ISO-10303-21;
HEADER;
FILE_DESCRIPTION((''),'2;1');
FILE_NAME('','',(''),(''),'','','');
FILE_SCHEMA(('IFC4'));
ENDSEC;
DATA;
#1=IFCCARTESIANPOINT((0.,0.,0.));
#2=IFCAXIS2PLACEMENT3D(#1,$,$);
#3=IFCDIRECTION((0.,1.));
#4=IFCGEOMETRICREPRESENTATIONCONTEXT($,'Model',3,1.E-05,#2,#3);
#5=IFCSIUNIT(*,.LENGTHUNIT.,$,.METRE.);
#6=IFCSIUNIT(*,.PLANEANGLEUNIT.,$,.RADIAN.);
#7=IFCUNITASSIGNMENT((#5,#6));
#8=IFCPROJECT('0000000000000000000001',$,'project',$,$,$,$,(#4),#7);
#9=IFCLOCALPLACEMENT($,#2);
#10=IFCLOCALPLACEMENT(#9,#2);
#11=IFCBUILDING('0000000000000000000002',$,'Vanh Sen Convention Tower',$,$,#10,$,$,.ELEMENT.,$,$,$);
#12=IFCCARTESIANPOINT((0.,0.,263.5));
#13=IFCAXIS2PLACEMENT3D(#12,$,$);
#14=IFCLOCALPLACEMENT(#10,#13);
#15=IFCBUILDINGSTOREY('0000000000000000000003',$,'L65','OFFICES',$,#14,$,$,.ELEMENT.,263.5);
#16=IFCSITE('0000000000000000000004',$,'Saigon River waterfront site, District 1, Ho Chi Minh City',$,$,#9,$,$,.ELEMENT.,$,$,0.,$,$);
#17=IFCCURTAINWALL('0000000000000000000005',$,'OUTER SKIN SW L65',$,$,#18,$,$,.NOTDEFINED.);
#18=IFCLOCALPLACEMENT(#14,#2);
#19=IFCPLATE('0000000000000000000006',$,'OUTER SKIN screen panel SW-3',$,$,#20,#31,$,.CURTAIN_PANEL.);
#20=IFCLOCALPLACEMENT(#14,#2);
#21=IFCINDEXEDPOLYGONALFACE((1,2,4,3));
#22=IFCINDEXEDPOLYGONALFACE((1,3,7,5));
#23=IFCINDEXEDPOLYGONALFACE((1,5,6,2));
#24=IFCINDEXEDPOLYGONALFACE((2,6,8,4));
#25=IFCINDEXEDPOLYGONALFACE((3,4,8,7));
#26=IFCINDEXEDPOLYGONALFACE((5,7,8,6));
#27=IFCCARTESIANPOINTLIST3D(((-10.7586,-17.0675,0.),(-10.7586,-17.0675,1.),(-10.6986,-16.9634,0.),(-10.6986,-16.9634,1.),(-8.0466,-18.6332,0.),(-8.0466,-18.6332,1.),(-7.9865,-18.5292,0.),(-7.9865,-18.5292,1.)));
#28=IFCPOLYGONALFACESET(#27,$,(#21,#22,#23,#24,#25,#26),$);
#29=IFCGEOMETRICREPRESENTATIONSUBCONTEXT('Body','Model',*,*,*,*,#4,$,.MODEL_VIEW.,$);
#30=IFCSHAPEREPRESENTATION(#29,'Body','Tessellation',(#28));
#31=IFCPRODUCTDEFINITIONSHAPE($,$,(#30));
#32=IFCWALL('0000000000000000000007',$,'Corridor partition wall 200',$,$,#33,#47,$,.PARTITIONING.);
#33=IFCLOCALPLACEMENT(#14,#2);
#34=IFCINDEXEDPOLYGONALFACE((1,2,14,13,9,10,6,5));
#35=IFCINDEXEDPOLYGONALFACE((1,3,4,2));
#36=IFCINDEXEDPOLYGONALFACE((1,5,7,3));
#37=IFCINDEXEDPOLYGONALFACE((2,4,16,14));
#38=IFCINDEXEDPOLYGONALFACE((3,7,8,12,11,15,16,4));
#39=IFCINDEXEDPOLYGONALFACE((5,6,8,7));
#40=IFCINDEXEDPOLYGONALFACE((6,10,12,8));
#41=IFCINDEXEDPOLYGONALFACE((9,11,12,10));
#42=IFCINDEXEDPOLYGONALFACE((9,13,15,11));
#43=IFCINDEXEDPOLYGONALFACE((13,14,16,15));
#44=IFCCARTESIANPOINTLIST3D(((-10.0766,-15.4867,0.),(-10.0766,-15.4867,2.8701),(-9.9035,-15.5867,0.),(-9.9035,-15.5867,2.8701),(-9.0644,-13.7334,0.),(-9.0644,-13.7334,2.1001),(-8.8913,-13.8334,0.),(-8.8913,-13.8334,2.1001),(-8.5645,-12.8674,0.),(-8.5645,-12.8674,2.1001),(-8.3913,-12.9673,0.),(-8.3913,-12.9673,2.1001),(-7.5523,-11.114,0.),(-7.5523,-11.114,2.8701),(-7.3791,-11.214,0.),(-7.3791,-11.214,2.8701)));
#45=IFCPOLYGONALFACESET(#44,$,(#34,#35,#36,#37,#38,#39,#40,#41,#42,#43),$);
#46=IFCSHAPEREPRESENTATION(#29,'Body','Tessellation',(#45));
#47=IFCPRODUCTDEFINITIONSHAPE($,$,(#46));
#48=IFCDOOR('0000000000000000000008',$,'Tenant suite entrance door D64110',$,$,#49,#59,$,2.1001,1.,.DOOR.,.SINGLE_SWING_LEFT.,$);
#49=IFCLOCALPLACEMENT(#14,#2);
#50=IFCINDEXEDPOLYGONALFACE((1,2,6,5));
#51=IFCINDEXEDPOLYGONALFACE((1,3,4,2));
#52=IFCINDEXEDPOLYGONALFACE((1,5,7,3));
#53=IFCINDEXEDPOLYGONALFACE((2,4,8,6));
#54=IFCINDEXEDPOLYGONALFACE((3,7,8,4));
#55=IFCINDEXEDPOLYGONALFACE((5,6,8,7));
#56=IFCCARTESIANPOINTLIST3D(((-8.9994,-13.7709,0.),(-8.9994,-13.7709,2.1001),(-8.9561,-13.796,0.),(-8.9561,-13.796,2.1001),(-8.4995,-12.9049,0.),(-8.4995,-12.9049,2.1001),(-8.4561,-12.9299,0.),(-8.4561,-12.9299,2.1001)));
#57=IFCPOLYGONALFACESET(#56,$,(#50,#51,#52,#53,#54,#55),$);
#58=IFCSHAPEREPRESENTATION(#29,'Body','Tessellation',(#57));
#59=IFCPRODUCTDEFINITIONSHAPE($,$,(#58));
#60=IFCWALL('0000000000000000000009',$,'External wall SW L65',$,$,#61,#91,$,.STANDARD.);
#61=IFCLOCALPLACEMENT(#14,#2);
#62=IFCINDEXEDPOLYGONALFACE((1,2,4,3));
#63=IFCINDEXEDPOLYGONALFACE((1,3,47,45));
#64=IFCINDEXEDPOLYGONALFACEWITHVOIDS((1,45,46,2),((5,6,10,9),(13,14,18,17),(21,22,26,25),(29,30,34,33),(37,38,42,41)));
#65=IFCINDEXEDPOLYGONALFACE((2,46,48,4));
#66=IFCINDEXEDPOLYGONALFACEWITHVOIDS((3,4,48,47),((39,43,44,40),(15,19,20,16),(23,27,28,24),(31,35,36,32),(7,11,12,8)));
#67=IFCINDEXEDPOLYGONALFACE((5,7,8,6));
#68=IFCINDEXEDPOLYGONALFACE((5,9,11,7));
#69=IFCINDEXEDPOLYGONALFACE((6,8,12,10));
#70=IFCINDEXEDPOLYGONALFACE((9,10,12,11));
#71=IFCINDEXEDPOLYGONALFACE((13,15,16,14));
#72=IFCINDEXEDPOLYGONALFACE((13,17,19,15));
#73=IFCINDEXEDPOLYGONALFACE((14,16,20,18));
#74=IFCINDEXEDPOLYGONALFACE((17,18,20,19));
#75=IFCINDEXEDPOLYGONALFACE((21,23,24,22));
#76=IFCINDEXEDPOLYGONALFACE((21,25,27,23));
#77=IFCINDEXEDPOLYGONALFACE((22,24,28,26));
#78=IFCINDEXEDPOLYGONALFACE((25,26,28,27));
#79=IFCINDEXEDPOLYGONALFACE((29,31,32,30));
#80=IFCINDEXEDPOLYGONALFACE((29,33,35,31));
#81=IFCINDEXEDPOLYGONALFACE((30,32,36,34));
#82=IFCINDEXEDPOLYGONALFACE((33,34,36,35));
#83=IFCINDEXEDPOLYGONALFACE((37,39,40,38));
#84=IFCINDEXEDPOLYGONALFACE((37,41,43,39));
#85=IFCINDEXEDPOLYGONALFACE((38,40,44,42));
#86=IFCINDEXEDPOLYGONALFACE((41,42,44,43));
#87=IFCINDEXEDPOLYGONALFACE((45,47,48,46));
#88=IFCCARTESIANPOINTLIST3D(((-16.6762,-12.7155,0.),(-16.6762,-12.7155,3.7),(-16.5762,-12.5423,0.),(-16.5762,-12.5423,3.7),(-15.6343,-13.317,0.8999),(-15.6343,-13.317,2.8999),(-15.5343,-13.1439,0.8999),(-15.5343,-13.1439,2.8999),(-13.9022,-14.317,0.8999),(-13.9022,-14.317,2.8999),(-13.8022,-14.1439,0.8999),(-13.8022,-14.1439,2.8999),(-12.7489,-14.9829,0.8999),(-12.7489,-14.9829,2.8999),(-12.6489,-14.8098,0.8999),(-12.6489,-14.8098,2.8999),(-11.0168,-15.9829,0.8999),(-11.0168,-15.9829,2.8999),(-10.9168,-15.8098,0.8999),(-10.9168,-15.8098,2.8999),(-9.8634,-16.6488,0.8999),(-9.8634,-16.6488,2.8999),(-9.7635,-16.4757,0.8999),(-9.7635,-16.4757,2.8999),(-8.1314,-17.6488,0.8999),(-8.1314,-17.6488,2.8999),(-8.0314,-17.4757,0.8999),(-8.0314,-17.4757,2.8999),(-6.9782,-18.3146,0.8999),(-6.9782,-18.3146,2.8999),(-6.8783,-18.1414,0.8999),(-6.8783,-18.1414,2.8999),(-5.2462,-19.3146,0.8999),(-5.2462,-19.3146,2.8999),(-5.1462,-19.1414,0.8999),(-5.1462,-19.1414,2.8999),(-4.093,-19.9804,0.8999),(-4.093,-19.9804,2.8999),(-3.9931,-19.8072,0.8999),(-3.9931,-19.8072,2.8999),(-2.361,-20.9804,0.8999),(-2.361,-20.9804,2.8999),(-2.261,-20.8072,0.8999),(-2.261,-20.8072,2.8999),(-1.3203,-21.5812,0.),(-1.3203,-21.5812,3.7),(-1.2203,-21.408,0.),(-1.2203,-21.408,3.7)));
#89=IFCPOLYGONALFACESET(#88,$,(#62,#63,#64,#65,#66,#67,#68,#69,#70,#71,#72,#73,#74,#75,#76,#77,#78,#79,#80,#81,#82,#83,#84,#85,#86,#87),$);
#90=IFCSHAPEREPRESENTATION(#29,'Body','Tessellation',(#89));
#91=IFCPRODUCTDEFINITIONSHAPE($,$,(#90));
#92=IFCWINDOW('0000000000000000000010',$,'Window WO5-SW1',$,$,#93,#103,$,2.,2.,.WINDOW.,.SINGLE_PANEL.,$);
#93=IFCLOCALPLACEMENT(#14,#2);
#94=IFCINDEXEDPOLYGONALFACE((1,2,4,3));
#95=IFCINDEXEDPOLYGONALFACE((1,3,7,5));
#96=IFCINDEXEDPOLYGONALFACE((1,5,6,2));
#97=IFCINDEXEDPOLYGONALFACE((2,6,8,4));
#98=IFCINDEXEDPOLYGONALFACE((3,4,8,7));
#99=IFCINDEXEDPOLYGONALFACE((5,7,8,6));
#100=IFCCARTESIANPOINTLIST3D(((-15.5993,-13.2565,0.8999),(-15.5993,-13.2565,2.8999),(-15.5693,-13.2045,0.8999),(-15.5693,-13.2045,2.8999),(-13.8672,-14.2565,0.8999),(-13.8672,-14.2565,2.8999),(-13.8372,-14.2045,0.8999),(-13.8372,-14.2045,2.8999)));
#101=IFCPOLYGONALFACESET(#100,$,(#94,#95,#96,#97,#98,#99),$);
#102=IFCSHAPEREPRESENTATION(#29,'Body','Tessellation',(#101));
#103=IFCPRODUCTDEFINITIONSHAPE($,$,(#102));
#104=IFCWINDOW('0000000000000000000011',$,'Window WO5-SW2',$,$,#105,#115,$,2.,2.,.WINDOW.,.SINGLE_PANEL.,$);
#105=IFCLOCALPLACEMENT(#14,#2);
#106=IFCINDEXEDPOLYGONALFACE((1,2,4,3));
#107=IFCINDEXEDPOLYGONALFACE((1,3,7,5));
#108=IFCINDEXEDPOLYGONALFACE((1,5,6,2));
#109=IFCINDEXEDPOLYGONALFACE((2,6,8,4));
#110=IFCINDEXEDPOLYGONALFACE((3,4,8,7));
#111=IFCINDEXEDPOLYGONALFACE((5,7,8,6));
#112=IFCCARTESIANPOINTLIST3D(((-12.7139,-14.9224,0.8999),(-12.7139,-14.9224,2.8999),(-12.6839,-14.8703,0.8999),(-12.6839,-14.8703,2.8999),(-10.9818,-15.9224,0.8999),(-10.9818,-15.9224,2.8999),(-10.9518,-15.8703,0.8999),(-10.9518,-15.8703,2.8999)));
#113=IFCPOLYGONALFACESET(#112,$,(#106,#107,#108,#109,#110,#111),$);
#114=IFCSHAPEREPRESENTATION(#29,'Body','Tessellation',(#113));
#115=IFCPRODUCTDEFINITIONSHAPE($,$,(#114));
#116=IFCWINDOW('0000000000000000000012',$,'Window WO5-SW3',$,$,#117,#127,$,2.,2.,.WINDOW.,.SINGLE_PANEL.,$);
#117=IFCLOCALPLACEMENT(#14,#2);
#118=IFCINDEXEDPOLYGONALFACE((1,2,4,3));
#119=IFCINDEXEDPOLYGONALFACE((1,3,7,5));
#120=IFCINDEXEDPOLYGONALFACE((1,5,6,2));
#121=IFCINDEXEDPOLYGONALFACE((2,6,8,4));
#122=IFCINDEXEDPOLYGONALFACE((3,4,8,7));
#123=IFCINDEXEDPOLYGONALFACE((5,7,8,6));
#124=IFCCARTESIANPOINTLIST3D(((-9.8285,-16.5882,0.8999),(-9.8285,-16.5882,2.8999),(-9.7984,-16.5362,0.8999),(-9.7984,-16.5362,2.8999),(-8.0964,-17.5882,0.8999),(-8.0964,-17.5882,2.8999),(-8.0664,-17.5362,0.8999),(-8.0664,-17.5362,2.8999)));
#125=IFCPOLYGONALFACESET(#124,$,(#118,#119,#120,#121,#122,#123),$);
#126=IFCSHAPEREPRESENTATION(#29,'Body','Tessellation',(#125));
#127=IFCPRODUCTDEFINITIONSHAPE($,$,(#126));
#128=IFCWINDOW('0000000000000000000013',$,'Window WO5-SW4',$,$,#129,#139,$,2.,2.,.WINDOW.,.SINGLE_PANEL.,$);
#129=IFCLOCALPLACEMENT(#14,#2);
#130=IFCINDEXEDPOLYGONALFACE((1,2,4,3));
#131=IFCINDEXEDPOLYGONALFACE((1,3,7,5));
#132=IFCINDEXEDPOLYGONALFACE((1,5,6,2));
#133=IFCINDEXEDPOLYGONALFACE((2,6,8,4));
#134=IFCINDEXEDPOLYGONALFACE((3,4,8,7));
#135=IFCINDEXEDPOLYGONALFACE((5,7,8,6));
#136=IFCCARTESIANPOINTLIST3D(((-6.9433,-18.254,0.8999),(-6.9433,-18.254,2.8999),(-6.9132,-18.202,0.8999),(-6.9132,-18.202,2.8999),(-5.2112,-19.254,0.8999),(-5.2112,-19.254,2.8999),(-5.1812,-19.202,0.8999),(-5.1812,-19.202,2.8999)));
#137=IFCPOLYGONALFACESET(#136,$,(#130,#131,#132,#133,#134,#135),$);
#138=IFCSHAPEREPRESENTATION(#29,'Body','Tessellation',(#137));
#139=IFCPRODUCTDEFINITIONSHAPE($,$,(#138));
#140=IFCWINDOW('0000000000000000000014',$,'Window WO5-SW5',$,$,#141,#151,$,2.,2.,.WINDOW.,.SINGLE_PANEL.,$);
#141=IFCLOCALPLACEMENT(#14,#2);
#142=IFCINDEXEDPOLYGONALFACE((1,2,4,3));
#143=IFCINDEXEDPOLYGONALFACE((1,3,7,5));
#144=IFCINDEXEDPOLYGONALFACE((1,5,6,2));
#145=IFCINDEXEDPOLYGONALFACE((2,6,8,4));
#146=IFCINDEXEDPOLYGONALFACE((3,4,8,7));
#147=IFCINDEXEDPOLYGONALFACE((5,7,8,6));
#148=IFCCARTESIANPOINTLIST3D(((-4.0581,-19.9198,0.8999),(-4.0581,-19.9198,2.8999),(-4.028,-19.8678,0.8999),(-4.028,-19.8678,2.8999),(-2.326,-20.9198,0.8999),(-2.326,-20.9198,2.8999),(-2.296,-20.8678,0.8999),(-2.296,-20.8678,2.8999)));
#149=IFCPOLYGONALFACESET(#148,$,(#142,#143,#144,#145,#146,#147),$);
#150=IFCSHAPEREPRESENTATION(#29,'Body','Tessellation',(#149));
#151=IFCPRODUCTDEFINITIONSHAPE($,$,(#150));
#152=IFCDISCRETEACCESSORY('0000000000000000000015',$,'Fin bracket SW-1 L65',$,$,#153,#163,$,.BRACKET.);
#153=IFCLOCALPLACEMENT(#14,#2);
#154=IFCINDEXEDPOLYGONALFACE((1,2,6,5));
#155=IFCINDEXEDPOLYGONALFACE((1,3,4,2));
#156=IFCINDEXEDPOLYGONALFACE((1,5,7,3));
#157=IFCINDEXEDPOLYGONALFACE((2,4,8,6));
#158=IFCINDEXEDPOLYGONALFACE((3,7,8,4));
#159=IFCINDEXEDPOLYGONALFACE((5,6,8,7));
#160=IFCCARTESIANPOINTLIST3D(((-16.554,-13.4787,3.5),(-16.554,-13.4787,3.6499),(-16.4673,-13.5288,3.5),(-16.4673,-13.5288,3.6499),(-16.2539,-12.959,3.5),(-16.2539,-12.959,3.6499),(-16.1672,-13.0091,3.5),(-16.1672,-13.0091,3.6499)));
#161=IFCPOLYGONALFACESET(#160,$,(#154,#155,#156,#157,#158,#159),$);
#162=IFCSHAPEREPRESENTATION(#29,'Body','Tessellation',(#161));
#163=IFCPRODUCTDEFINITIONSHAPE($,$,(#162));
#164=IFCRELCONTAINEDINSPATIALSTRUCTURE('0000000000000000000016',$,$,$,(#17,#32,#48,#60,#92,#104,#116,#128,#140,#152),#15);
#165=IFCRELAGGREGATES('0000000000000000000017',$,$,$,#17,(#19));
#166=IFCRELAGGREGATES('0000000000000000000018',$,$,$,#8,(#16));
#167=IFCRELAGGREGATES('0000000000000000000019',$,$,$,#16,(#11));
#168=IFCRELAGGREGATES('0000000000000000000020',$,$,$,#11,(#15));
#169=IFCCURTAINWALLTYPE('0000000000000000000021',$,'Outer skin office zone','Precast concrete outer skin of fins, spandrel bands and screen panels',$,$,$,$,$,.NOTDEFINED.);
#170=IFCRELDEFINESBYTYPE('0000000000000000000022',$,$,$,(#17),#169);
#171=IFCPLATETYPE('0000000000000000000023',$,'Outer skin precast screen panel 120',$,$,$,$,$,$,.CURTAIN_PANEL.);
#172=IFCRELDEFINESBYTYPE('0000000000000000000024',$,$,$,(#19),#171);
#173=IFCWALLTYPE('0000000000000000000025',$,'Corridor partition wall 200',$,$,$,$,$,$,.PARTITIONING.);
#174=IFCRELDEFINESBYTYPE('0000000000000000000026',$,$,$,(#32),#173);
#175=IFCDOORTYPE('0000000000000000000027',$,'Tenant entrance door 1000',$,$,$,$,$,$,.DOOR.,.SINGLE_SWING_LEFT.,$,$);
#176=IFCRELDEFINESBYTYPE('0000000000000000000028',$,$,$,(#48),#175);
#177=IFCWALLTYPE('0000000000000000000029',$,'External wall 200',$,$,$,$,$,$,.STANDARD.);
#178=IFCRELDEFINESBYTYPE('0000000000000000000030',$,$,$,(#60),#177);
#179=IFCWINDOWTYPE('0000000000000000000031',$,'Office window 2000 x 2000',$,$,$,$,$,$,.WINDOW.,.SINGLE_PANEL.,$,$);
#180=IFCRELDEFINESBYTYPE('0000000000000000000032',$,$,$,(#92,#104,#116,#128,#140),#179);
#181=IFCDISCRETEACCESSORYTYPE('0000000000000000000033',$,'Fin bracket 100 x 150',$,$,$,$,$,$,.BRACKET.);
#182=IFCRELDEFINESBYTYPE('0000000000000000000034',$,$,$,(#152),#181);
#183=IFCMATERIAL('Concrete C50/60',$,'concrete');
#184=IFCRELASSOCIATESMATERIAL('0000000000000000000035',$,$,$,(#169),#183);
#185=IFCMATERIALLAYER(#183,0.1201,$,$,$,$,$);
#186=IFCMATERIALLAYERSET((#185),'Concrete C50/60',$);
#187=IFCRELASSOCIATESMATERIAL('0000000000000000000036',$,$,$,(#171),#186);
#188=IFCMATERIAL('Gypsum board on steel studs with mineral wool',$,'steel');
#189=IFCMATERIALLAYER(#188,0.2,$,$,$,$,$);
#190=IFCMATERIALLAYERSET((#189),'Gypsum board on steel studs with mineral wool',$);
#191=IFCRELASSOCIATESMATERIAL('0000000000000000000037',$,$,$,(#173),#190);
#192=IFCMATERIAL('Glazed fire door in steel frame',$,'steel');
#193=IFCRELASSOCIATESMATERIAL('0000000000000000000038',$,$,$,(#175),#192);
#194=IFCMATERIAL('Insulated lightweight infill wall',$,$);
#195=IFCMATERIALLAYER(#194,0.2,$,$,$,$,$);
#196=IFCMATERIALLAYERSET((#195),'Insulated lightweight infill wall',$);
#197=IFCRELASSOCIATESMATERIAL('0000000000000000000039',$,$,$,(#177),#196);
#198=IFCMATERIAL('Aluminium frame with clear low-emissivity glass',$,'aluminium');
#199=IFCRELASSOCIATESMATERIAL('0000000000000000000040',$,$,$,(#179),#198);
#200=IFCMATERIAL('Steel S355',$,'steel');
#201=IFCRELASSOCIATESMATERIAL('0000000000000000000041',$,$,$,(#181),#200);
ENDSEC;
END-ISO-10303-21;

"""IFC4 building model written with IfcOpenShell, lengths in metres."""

from ifc_helpers import new_model, si_unit, direction, frame, frame_2d, origin, origin_2d, place, context, subcontext, project, spatial, rectangle, extrude, material, layer, layer_set, type_object, element, fill, aggregate, save


model = new_model("IFC4")

# Units and contexts
model_context = context("Model", 3, precision=1e-05, world=origin(), true_north=direction((0.0, 1.0)))
body_context = subcontext(model_context, "Body", "Model", "MODEL_VIEW")
ifc_project = project(units=[si_unit("LENGTHUNIT", "METRE"), si_unit("PLANEANGLEUNIT", "RADIAN")], contexts=[model_context])

# Site, building, storey
site_placement = place(None, origin())
site = spatial("IfcSite", under=ifc_project, at=site_placement, Name="Saigon River waterfront site, District 1, Ho Chi Minh City", CompositionType="ELEMENT", RefElevation=0.0)
building_placement = place(site_placement, origin())
building = spatial("IfcBuilding", under=site, at=building_placement, Name="Vanh Sen Convention Tower", CompositionType="ELEMENT")
storey_placement = place(building_placement, frame((0.0, 0.0, 263.5)))
storey = spatial("IfcBuildingStorey", under=building, at=storey_placement, Name="L65", Description="OFFICES", CompositionType="ELEMENT", Elevation=263.5)

# Curtain wall
ifc_material_1 = material(Name="Concrete C50/60", Category="concrete")
curtain_wall_type = type_object("IfcCurtainWallType", Name="Outer skin office zone", Description="Precast concrete outer skin of fins, spandrel bands and screen panels", PredefinedType="NOTDEFINED", material=ifc_material_1)
curtain_wall_placement = place(storey_placement, origin())
curtain_wall = element("IfcCurtainWall", 1, at=curtain_wall_placement, inside=storey, type_object=curtain_wall_type, Name="OUTER SKIN SW L65", PredefinedType="NOTDEFINED")

# Plate
ifc_layer_1 = layer(ifc_material_1, 0.1201)
ifc_layer_set_1 = layer_set([ifc_layer_1], Name="Concrete C50/60")
plate_type = type_object("IfcPlateType", Name="Outer skin precast screen panel 120", PredefinedType="CURTAIN_PANEL", material=ifc_layer_set_1)
plate_1_placement = place(storey_placement, frame((-9.3726, -17.7983, 0.0), z_axis=(0.0, 0.0, 1.0), x_axis=(0.866029, -0.499994, 0.0)))
plate_1 = element("IfcPlate", 2, at=plate_1_placement, type_object=plate_type, Name="OUTER SKIN screen panel SW-3", PredefinedType="CURTAIN_PANEL", context=body_context, shape_type="SweptSolid", body=[
    extrude(rectangle(XDim=3.1316, YDim=0.1201, at=origin_2d()), origin(), (0.0, 0.0, 1.0), 1.0),
])
aggregate(curtain_wall, [plate_1])

# Wall, opening, door
ifc_material_2 = material(Name="Gypsum board on steel studs with mineral wool", Category="steel")
ifc_layer_2 = layer(ifc_material_2, 0.2)
ifc_layer_set_2 = layer_set([ifc_layer_2], Name="Gypsum board on steel studs with mineral wool")
wall_type_1 = type_object("IfcWallType", Name="Corridor partition wall 200", PredefinedType="PARTITIONING", material=ifc_layer_set_2)
wall_1_placement = place(storey_placement, frame((-9.99, -15.5366, 0.0), z_axis=(0.0, 0.0, 1.0), x_axis=(0.499967, 0.866045, 0.0)))
wall_1 = element("IfcWall", 3, at=wall_1_placement, inside=storey, type_object=wall_type_1, Name="Corridor partition wall 200", PredefinedType="PARTITIONING", context=body_context, shape_type="SweptSolid", body=[
    extrude(rectangle(XDim=5.0491, YDim=0.2, at=frame_2d((2.5244, 0.0))), origin(), (0.0, 0.0, 1.0), 2.8701),
])
opening_1_placement = place(wall_1_placement, frame((2.0244, 0.0, 0.0)))
opening_1 = element("IfcOpeningElement", 4, at=opening_1_placement, cuts=wall_1, PredefinedType="OPENING", context=body_context, shape_type="SweptSolid", body=[
    extrude(rectangle(XDim=1.0, YDim=2.1001, at=frame_2d((0.5, 1.05))), frame((0.0, 0.1099, 0.0), z_axis=(0.0, -1.0, 0.0), x_axis=(1.0, 0.0, 0.0)), (0.0, 0.0, 1.0), 0.22),
])
ifc_material_3 = material(Name="Glazed fire door in steel frame", Category="steel")
door_type = type_object("IfcDoorType", Name="Tenant entrance door 1000", OperationType="SINGLE_SWING_LEFT", PredefinedType="DOOR", material=ifc_material_3)
door_placement = place(opening_1_placement, origin())
door = element("IfcDoor", 5, at=door_placement, inside=storey, type_object=door_type, Name="Tenant suite entrance door D64110", OperationType="SINGLE_SWING_LEFT", OverallHeight=2.1001, OverallWidth=1.0, PredefinedType="DOOR", context=body_context, shape_type="SweptSolid", body=[
    extrude(rectangle(XDim=1.0, YDim=2.1001, at=frame_2d((0.5, 1.05))), frame((0.0, 0.0249, 0.0), z_axis=(0.0, -1.0, 0.0), x_axis=(1.0, 0.0, 0.0)), (0.0, 0.0, 1.0), 0.05),
])
fill(opening_1, door)

# Wall, openings, windows
ifc_material_4 = material(Name="Insulated lightweight infill wall")
ifc_layer_3 = layer(ifc_material_4, 0.2)
ifc_layer_set_3 = layer_set([ifc_layer_3], Name="Insulated lightweight infill wall")
wall_type_2 = type_object("IfcWallType", Name="External wall 200", PredefinedType="STANDARD", material=ifc_layer_set_3)
wall_2_placement = place(storey_placement, frame((-16.6262, -12.6289, 0.0), z_axis=(0.0, 0.0, 1.0), x_axis=(0.866026, -0.499998, 0.0)))
wall_2 = element("IfcWall", 6, at=wall_2_placement, inside=storey, type_object=wall_type_2, Name="External wall SW L65", PredefinedType="STANDARD", context=body_context, shape_type="SweptSolid", body=[
    extrude(rectangle(XDim=17.7314, YDim=0.2, at=frame_2d((8.8657, 0.0))), origin(), (0.0, 0.0, 1.0), 3.7),
])
opening_2_placement = place(wall_2_placement, frame((1.2031, 0.0, 0.8999)))
opening_2 = element("IfcOpeningElement", 7, at=opening_2_placement, cuts=wall_2, PredefinedType="OPENING", context=body_context, shape_type="SweptSolid", body=[
    extrude(rectangle(XDim=2.0, YDim=2.0, at=frame_2d((1.0, 1.0))), frame((0.0, 0.1099, 0.0), z_axis=(0.0, -1.0, 0.0), x_axis=(1.0, 0.0, 0.0)), (0.0, 0.0, 1.0), 0.22),
])
opening_3_placement = place(wall_2_placement, frame((4.5349, 0.0, 0.8999)))
opening_3 = element("IfcOpeningElement", 8, at=opening_3_placement, cuts=wall_2, PredefinedType="OPENING", context=body_context, shape_type="SweptSolid", body=[
    extrude(rectangle(XDim=2.0, YDim=2.0, at=frame_2d((1.0, 1.0))), frame((0.0, 0.1099, 0.0), z_axis=(0.0, -1.0, 0.0), x_axis=(1.0, 0.0, 0.0)), (0.0, 0.0, 1.0), 0.22),
])
opening_4_placement = place(wall_2_placement, frame((7.8667, 0.0, 0.8999)))
opening_4 = element("IfcOpeningElement", 9, at=opening_4_placement, cuts=wall_2, PredefinedType="OPENING", context=body_context, shape_type="SweptSolid", body=[
    extrude(rectangle(XDim=2.0, YDim=2.0, at=frame_2d((1.0, 1.0))), frame((0.0, 0.1099, 0.0), z_axis=(0.0, -1.0, 0.0), x_axis=(1.0, 0.0, 0.0)), (0.0, 0.0, 1.0), 0.22),
])
opening_5_placement = place(wall_2_placement, frame((11.1982, 0.0, 0.8999)))
opening_5 = element("IfcOpeningElement", 10, at=opening_5_placement, cuts=wall_2, PredefinedType="OPENING", context=body_context, shape_type="SweptSolid", body=[
    extrude(rectangle(XDim=2.0, YDim=2.0, at=frame_2d((1.0, 1.0))), frame((0.0, 0.1099, 0.0), z_axis=(0.0, -1.0, 0.0), x_axis=(1.0, 0.0, 0.0)), (0.0, 0.0, 1.0), 0.22),
])
opening_6_placement = place(wall_2_placement, frame((14.5298, 0.0, 0.8999)))
opening_6 = element("IfcOpeningElement", 11, at=opening_6_placement, cuts=wall_2, PredefinedType="OPENING", context=body_context, shape_type="SweptSolid", body=[
    extrude(rectangle(XDim=2.0, YDim=2.0, at=frame_2d((1.0, 1.0))), frame((0.0, 0.1099, 0.0), z_axis=(0.0, -1.0, 0.0), x_axis=(1.0, 0.0, 0.0)), (0.0, 0.0, 1.0), 0.22),
])
ifc_material_5 = material(Name="Aluminium frame with clear low-emissivity glass", Category="aluminium")
window_type = type_object("IfcWindowType", Name="Office window 2000 x 2000", PartitioningType="SINGLE_PANEL", PredefinedType="WINDOW", material=ifc_material_5)
window_1_placement = place(opening_2_placement, origin())
window_1 = element("IfcWindow", 12, at=window_1_placement, inside=storey, type_object=window_type, Name="Window WO5-SW1", OverallHeight=2.0, OverallWidth=2.0, PartitioningType="SINGLE_PANEL", PredefinedType="WINDOW", context=body_context, shape_type="SweptSolid", body=[
    extrude(rectangle(XDim=2.0, YDim=2.0, at=frame_2d((1.0, 1.0))), frame((0.0, 0.03, 0.0), z_axis=(0.0, -1.0, 0.0), x_axis=(1.0, 0.0, 0.0)), (0.0, 0.0, 1.0), 0.0601),
])
fill(opening_2, window_1)
window_2_placement = place(opening_3_placement, origin())
window_2 = element("IfcWindow", 13, at=window_2_placement, inside=storey, type_object=window_type, Name="Window WO5-SW2", OverallHeight=2.0, OverallWidth=2.0, PartitioningType="SINGLE_PANEL", PredefinedType="WINDOW", context=body_context, shape_type="SweptSolid", body=[
    extrude(rectangle(XDim=2.0, YDim=2.0, at=frame_2d((1.0, 1.0))), frame((0.0, 0.03, 0.0), z_axis=(0.0, -1.0, 0.0), x_axis=(1.0, 0.0, 0.0)), (0.0, 0.0, 1.0), 0.0601),
])
fill(opening_3, window_2)
window_3_placement = place(opening_4_placement, origin())
window_3 = element("IfcWindow", 14, at=window_3_placement, inside=storey, type_object=window_type, Name="Window WO5-SW3", OverallHeight=2.0, OverallWidth=2.0, PartitioningType="SINGLE_PANEL", PredefinedType="WINDOW", context=body_context, shape_type="SweptSolid", body=[
    extrude(rectangle(XDim=2.0, YDim=2.0, at=frame_2d((1.0, 1.0))), frame((0.0, 0.03, 0.0), z_axis=(0.0, -1.0, 0.0), x_axis=(1.0, 0.0, 0.0)), (0.0, 0.0, 1.0), 0.0601),
])
fill(opening_4, window_3)
window_4_placement = place(opening_5_placement, origin())
window_4 = element("IfcWindow", 15, at=window_4_placement, inside=storey, type_object=window_type, Name="Window WO5-SW4", OverallHeight=2.0, OverallWidth=2.0, PartitioningType="SINGLE_PANEL", PredefinedType="WINDOW", context=body_context, shape_type="SweptSolid", body=[
    extrude(rectangle(XDim=2.0, YDim=2.0, at=frame_2d((1.0, 1.0))), frame((0.0, 0.03, 0.0), z_axis=(0.0, -1.0, 0.0), x_axis=(1.0, 0.0, 0.0)), (0.0, 0.0, 1.0), 0.0601),
])
fill(opening_5, window_4)
window_5_placement = place(opening_6_placement, origin())
window_5 = element("IfcWindow", 16, at=window_5_placement, inside=storey, type_object=window_type, Name="Window WO5-SW5", OverallHeight=2.0, OverallWidth=2.0, PartitioningType="SINGLE_PANEL", PredefinedType="WINDOW", context=body_context, shape_type="SweptSolid", body=[
    extrude(rectangle(XDim=2.0, YDim=2.0, at=frame_2d((1.0, 1.0))), frame((0.0, 0.03, 0.0), z_axis=(0.0, -1.0, 0.0), x_axis=(1.0, 0.0, 0.0)), (0.0, 0.0, 1.0), 0.0601),
])
fill(opening_6, window_5)

# Discrete accessory
ifc_material_6 = material(Name="Steel S355", Category="steel")
discrete_accessory_type = type_object("IfcDiscreteAccessoryType", Name="Fin bracket 100 x 150", PredefinedType="BRACKET", material=ifc_material_6)
for number, where, z_axis, x_axis, name in (
    (17, (-16.3606, -13.2439, 3.5), (0.0, 0.0, 1.0), (-0.5, -0.866025, 0.0), "Fin bracket SW-1 L65"),
):
    element("IfcDiscreteAccessory", number, at=place(storey_placement, frame(where, z_axis=z_axis, x_axis=x_axis)), inside=storey, type_object=discrete_accessory_type, Name=name, PredefinedType="BRACKET", context=body_context, shape_type="SweptSolid", body=[
        extrude(rectangle(XDim=0.6001, YDim=0.1001, at=origin_2d()), origin(), (0.0, 0.0, 1.0), 0.1499),
    ])

save(model, "model.ifc")
